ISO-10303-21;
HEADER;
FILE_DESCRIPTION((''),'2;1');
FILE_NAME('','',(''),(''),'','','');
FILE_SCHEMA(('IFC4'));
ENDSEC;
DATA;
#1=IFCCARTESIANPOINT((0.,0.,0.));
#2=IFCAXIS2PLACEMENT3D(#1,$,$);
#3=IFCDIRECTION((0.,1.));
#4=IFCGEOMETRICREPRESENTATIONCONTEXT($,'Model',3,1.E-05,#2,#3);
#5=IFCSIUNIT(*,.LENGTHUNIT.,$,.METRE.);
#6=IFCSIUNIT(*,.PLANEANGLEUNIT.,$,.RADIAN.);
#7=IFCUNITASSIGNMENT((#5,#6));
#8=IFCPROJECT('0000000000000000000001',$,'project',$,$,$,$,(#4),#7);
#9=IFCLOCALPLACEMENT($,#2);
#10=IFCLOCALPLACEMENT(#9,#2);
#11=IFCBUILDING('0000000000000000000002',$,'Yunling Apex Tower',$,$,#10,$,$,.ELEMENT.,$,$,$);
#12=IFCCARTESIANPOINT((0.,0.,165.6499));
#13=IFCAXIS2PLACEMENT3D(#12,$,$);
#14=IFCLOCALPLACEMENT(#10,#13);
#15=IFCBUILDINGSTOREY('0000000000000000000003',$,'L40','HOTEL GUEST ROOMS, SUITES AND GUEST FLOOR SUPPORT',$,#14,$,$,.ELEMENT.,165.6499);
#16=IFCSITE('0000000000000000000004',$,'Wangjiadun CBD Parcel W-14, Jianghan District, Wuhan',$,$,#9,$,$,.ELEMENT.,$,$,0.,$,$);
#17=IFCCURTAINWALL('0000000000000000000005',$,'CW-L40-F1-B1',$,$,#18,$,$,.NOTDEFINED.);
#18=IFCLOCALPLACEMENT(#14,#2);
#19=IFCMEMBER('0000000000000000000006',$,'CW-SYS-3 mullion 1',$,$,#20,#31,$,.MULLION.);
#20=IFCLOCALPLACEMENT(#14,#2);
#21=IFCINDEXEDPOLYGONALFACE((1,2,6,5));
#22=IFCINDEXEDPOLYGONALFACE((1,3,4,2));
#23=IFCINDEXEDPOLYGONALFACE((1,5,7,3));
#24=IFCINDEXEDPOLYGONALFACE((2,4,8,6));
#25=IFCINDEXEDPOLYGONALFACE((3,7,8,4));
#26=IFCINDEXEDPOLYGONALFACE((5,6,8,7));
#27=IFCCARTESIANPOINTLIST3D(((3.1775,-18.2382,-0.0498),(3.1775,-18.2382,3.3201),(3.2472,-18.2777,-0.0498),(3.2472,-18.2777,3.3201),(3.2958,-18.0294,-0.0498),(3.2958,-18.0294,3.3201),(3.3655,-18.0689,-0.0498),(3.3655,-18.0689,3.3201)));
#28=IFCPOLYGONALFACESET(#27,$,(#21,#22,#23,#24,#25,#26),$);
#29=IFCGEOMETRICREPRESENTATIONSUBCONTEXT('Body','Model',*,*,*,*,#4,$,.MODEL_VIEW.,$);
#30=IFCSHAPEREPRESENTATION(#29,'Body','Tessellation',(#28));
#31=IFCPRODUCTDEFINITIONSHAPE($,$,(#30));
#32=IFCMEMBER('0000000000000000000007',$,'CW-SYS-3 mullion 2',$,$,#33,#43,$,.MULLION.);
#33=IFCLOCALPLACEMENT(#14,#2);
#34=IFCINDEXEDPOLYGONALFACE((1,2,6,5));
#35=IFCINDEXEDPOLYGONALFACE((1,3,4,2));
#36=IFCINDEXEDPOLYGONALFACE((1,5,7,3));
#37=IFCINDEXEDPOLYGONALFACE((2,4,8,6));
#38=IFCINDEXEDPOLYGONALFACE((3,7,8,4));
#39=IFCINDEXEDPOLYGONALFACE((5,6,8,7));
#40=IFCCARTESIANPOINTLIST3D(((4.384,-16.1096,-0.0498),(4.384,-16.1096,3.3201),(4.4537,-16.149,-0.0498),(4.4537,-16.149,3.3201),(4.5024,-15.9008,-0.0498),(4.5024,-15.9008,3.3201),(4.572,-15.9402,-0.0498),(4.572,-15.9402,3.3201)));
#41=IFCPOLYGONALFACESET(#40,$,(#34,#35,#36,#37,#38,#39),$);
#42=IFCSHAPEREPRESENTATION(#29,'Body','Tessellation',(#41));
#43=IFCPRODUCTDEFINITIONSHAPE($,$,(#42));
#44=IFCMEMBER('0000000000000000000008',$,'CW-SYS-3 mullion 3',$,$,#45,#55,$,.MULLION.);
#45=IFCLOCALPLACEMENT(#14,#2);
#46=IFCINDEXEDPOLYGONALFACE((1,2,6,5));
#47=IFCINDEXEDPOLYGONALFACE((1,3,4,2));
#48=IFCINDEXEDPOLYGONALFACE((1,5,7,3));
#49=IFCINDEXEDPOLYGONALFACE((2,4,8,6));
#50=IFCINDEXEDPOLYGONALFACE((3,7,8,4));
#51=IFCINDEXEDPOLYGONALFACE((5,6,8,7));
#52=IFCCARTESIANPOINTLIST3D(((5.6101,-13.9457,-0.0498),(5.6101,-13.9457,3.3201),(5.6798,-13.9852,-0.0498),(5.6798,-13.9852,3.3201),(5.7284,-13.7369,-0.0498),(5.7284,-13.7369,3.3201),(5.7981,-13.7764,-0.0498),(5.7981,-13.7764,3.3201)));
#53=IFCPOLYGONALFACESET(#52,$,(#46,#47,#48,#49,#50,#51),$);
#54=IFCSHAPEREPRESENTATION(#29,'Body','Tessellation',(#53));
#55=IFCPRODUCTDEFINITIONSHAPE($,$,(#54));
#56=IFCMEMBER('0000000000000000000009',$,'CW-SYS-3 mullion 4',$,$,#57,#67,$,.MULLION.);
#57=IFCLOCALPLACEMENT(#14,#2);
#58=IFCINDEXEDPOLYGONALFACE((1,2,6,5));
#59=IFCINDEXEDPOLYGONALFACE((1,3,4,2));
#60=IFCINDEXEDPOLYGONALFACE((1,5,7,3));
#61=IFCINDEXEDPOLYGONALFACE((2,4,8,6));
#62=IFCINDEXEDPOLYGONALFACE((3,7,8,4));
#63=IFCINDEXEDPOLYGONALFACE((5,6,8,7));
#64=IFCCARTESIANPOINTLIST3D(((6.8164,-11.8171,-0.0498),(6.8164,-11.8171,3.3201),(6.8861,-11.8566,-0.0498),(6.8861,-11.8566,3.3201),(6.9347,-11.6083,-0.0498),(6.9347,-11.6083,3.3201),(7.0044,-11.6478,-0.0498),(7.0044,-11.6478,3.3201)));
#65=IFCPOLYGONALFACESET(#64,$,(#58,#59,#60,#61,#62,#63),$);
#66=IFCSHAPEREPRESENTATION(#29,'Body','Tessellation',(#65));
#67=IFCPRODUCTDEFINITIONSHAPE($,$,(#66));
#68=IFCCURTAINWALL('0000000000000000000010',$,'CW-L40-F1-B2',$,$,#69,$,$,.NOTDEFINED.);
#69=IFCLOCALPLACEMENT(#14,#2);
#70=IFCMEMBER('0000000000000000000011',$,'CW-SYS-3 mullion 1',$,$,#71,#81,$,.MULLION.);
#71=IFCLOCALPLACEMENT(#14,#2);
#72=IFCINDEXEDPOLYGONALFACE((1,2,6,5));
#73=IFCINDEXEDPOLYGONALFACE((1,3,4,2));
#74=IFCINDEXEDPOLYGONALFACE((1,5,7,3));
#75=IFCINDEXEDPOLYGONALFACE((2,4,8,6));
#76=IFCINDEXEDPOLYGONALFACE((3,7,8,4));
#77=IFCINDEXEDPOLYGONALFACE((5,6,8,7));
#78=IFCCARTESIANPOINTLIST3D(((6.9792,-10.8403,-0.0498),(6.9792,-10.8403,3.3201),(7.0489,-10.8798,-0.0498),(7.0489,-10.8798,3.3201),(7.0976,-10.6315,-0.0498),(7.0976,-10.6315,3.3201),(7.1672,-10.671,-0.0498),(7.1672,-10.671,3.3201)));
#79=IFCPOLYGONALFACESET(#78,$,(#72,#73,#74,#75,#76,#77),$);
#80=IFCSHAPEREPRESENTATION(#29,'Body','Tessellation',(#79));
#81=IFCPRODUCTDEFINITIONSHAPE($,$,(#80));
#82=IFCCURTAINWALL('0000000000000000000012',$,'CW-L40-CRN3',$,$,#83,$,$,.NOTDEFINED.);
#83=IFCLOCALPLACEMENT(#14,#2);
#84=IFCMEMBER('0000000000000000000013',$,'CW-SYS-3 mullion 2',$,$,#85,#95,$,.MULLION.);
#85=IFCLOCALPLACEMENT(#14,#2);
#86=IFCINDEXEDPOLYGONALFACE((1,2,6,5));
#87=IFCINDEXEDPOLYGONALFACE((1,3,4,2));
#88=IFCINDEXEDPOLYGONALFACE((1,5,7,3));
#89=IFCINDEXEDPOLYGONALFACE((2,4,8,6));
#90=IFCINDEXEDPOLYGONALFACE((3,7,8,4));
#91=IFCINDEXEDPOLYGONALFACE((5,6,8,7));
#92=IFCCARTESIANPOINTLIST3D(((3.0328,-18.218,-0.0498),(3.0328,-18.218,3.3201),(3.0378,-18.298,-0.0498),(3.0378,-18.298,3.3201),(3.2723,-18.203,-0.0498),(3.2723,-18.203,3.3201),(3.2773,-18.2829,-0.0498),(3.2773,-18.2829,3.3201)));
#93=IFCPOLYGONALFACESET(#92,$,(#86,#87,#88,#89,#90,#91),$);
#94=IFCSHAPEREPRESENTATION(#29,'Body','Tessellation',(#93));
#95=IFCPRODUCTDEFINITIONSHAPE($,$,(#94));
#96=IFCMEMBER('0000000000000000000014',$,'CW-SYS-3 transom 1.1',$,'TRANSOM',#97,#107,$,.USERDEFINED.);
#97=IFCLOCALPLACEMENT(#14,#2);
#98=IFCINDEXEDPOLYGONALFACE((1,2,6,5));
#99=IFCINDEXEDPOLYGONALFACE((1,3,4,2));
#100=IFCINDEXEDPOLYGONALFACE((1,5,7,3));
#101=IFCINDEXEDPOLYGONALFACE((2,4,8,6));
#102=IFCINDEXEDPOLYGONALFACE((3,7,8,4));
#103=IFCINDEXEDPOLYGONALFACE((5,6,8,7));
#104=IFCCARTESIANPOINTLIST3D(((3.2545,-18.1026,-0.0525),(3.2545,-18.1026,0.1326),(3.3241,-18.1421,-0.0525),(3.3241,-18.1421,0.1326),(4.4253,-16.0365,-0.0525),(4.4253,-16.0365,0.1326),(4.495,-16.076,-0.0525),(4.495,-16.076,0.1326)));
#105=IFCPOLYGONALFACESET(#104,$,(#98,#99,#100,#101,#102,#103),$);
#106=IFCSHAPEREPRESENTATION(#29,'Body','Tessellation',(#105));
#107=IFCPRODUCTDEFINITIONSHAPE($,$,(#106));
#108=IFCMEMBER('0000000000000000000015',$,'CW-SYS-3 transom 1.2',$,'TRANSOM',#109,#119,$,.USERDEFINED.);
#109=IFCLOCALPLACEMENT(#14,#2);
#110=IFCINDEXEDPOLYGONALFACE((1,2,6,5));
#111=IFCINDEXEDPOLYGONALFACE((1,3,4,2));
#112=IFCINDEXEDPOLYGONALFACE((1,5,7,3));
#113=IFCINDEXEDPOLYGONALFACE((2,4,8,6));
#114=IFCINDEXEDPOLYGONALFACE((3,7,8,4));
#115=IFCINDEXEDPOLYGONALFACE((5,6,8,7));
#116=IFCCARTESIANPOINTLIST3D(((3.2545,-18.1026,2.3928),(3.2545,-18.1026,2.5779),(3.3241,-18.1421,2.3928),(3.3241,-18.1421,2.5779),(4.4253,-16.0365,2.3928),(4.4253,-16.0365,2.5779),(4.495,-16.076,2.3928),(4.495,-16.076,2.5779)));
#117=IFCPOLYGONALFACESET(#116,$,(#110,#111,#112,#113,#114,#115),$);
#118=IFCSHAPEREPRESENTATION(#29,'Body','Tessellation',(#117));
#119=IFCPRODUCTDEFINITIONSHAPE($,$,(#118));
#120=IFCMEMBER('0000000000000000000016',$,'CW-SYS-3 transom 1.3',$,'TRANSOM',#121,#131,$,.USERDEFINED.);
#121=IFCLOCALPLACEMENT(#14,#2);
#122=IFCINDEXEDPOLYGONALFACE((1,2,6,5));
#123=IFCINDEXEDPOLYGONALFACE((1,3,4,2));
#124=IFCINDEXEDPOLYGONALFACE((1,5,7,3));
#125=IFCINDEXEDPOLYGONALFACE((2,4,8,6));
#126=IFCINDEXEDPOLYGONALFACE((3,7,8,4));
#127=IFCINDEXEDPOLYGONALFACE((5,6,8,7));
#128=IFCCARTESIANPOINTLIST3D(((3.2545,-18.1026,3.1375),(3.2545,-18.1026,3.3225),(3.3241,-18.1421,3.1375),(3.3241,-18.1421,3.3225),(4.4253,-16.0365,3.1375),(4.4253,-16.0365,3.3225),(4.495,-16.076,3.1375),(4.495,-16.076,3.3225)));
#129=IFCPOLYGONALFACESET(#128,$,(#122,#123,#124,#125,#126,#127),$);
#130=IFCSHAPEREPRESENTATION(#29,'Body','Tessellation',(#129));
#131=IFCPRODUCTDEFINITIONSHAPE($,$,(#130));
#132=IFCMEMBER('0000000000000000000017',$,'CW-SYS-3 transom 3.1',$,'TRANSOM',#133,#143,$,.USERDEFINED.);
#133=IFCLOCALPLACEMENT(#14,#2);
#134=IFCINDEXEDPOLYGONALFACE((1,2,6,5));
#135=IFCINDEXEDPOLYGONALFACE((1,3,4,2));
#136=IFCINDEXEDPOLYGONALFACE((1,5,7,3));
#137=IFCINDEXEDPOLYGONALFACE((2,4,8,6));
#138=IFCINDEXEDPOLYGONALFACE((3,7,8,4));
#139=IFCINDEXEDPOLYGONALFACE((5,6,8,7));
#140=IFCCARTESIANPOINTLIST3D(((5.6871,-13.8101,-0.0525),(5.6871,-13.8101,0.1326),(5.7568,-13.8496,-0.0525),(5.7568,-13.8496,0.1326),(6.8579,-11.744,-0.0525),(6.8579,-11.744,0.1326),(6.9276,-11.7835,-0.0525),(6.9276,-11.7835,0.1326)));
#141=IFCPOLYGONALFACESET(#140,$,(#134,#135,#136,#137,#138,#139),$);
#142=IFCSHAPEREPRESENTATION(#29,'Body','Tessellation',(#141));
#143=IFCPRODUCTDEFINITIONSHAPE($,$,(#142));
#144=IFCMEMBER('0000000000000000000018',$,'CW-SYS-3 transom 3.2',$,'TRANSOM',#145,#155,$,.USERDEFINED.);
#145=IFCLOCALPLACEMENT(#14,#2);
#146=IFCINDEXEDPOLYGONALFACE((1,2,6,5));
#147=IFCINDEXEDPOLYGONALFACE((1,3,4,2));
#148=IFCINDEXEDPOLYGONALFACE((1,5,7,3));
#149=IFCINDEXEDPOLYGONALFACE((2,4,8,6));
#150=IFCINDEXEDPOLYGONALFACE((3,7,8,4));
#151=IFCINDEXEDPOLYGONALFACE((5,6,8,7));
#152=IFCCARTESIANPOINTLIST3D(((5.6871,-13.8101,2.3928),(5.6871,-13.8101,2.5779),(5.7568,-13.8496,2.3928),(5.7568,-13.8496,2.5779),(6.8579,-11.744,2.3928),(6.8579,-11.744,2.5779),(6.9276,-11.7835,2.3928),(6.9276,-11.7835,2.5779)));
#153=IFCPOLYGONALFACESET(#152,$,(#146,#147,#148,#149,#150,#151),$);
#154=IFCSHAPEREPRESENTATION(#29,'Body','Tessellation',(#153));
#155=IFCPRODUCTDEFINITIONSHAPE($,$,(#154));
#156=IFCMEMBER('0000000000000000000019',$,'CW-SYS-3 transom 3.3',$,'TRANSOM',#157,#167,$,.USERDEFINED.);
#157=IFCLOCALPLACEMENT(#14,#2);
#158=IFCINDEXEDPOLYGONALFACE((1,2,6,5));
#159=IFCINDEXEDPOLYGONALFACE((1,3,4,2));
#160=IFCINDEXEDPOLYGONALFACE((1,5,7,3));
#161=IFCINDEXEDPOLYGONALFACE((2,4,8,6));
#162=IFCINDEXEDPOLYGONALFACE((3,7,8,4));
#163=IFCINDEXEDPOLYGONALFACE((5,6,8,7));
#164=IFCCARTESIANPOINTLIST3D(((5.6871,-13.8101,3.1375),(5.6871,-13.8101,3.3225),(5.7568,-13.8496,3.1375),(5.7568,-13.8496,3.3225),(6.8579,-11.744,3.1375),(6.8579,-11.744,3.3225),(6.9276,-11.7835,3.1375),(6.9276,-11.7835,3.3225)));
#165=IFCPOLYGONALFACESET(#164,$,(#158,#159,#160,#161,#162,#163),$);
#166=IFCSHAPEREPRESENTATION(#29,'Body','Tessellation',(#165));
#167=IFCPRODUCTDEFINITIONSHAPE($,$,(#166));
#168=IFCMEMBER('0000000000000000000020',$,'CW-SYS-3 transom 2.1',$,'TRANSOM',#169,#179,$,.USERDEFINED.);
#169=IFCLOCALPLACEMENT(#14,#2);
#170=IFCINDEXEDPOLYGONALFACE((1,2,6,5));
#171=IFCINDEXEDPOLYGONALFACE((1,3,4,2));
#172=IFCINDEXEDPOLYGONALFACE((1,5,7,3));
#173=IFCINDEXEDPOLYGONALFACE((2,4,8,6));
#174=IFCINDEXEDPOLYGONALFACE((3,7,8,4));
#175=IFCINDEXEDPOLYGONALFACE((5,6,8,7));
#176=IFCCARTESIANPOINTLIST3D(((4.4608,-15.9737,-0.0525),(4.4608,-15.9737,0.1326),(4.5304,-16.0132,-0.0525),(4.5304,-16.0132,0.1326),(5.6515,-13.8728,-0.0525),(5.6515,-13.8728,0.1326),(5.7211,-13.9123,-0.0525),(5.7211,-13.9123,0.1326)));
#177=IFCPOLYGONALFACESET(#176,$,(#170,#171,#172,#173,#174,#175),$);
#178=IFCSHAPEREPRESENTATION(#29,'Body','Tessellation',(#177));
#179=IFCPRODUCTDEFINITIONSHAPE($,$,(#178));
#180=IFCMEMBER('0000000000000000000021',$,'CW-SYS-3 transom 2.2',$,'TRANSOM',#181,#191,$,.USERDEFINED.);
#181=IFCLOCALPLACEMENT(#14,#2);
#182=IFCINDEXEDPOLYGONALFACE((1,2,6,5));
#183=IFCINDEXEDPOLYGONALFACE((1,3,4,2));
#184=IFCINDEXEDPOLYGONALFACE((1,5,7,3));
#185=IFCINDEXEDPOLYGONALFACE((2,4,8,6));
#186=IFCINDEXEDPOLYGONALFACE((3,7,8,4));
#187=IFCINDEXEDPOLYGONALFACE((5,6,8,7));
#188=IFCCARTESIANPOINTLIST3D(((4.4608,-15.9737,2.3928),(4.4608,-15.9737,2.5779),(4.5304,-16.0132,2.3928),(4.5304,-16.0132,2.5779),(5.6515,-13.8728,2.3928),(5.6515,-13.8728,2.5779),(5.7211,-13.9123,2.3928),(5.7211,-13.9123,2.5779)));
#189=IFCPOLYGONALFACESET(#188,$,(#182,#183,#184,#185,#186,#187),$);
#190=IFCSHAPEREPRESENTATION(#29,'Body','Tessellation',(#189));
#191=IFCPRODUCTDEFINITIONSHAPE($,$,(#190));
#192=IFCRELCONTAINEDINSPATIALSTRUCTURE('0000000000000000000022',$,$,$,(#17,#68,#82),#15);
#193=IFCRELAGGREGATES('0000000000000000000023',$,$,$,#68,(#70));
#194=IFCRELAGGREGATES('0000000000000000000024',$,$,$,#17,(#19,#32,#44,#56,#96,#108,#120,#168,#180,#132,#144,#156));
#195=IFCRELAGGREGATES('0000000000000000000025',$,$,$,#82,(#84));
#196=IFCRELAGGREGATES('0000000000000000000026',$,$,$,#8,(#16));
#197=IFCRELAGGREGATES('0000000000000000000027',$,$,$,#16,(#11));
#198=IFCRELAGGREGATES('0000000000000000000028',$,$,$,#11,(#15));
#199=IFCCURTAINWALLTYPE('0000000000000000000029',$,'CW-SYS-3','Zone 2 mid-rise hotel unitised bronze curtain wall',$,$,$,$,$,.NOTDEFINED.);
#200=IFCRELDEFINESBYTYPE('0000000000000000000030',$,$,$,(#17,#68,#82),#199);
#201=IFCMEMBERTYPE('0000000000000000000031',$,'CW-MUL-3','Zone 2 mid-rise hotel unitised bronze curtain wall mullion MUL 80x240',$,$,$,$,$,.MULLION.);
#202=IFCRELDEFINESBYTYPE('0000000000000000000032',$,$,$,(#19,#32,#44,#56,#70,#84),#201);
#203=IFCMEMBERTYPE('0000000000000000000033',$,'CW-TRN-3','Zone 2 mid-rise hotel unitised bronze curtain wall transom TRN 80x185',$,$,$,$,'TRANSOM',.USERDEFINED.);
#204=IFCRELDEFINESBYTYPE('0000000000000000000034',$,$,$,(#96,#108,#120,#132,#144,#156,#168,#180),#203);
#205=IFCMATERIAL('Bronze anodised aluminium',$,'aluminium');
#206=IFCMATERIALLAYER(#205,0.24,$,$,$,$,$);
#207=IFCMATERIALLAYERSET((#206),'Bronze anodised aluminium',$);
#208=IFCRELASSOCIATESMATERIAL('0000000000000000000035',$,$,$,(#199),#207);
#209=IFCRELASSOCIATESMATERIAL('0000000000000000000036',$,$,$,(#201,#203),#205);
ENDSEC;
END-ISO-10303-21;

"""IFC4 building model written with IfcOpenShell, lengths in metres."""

from ifc_helpers import new_model, si_unit, direction, frame, origin, origin_2d, place, context, subcontext, project, spatial, rectangle, extrude, source, transform, mapped, material, layer, layer_set, material_profile, profile_set, type_object, element, aggregate, save


model = new_model("IFC4")

# Units and contexts
model_context = context("Model", 3, precision=1e-05, world=origin(), true_north=direction((0.0, 1.0)))
body_context = subcontext(model_context, "Body", "Model", "MODEL_VIEW")
ifc_project = project(units=[si_unit("LENGTHUNIT", "METRE"), si_unit("PLANEANGLEUNIT", "RADIAN")], contexts=[model_context])

# Site, building, storey
site_placement = place(None, origin())
site = spatial("IfcSite", under=ifc_project, at=site_placement, Name="Wangjiadun CBD Parcel W-14, Jianghan District, Wuhan", CompositionType="ELEMENT", RefElevation=0.0)
building_placement = place(site_placement, origin())
building = spatial("IfcBuilding", under=site, at=building_placement, Name="Yunling Apex Tower", CompositionType="ELEMENT")
storey_placement = place(building_placement, frame((0.0, 0.0, 165.6499)))
storey = spatial("IfcBuildingStorey", under=building, at=storey_placement, Name="L40", Description="HOTEL GUEST ROOMS, SUITES AND GUEST FLOOR SUPPORT", CompositionType="ELEMENT", Elevation=165.6499)

# Curtain wall, members
ifc_material_1 = material(Name="Bronze anodised aluminium", Category="aluminium")
ifc_layer_1 = layer(ifc_material_1, 0.24)
ifc_layer_set_1 = layer_set([ifc_layer_1], Name="Bronze anodised aluminium")
curtain_wall_type = type_object("IfcCurtainWallType", Name="CW-SYS-3", Description="Zone 2 mid-rise hotel unitised bronze curtain wall", PredefinedType="NOTDEFINED", material=ifc_layer_set_1)
curtain_wall_1_placement = place(storey_placement, origin())
curtain_wall_1 = element("IfcCurtainWall", 1, at=curtain_wall_1_placement, inside=storey, type_object=curtain_wall_type, Name="CW-L40-F1-B1", PredefinedType="NOTDEFINED")
ifc_material_profile_1 = material_profile(ifc_material_1, rectangle(XDim=0.0801, YDim=0.24, at=origin_2d()))
ifc_profile_set_1 = profile_set([ifc_material_profile_1], Name="Bronze anodised aluminium")
member_type_1 = type_object("IfcMemberType", Name="CW-MUL-3", Description="Zone 2 mid-rise hotel unitised bronze curtain wall mullion MUL 80x240", PredefinedType="MULLION", material=ifc_profile_set_1)
shared_shape_1 = source(origin(), body_context, "Body", "SweptSolid", [
    extrude(rectangle(XDim=0.0801, YDim=0.24, at=origin_2d()), origin(), (0.0, 0.0, 1.0), 3.3699),
])
member_1_placement = place(storey_placement, frame((3.2715, -18.1536, -0.0498), z_axis=(0.0, 0.0, 1.0), x_axis=(-0.870006, 0.493041, 0.0)))
member_1 = element("IfcMember", 2, at=member_1_placement, type_object=member_type_1, Name="CW-SYS-3 mullion 1", PredefinedType="MULLION", context=body_context, shape_type="MappedRepresentation", body=[
    mapped(shared_shape_1, transform((0.0, 0.0, 0.0), scale=1.0)),
])
member_2_placement = place(storey_placement, frame((4.478, -16.0249, -0.0498), z_axis=(0.0, 0.0, 1.0), x_axis=(-0.870006, 0.493041, 0.0)))
member_2 = element("IfcMember", 3, at=member_2_placement, type_object=member_type_1, Name="CW-SYS-3 mullion 2", PredefinedType="MULLION", context=body_context, shape_type="MappedRepresentation", body=[
    mapped(shared_shape_1, transform((0.0, 0.0, 0.0), scale=1.0)),
])
member_3_placement = place(storey_placement, frame((5.7041, -13.8611, -0.0498), z_axis=(0.0, 0.0, 1.0), x_axis=(-0.870006, 0.493041, 0.0)))
member_3 = element("IfcMember", 4, at=member_3_placement, type_object=member_type_1, Name="CW-SYS-3 mullion 3", PredefinedType="MULLION", context=body_context, shape_type="MappedRepresentation", body=[
    mapped(shared_shape_1, transform((0.0, 0.0, 0.0), scale=1.0)),
])
member_4_placement = place(storey_placement, frame((6.9104, -11.7324, -0.0498), z_axis=(0.0, 0.0, 1.0), x_axis=(-0.870006, 0.493041, 0.0)))
member_4 = element("IfcMember", 5, at=member_4_placement, type_object=member_type_1, Name="CW-SYS-3 mullion 4", PredefinedType="MULLION", context=body_context, shape_type="MappedRepresentation", body=[
    mapped(shared_shape_1, transform((0.0, 0.0, 0.0), scale=1.0)),
])

# Curtain walls, members
curtain_wall_2_placement = place(storey_placement, origin())
curtain_wall_2 = element("IfcCurtainWall", 6, at=curtain_wall_2_placement, inside=storey, type_object=curtain_wall_type, Name="CW-L40-F1-B2", PredefinedType="NOTDEFINED")
member_5_placement = place(storey_placement, frame((7.0732, -10.7556, -0.0498), z_axis=(0.0, 0.0, 1.0), x_axis=(-0.870003, 0.493047, 0.0)))
member_5 = element("IfcMember", 7, at=member_5_placement, type_object=member_type_1, Name="CW-SYS-3 mullion 1", PredefinedType="MULLION", context=body_context, shape_type="MappedRepresentation", body=[
    mapped(shared_shape_1, transform((0.0, 0.0, 0.0), scale=1.0)),
])
curtain_wall_3_placement = place(storey_placement, origin())
curtain_wall_3 = element("IfcCurtainWall", 8, at=curtain_wall_3_placement, inside=storey, type_object=curtain_wall_type, Name="CW-L40-CRN3", PredefinedType="NOTDEFINED")
member_6_placement = place(storey_placement, frame((3.155, -18.2505, -0.0498), z_axis=(0.0, 0.0, 1.0), x_axis=(-0.062672, 0.998034, 0.0)))
member_6 = element("IfcMember", 9, at=member_6_placement, type_object=member_type_1, Name="CW-SYS-3 mullion 2", PredefinedType="MULLION", context=body_context, shape_type="MappedRepresentation", body=[
    mapped(shared_shape_1, transform((0.0, 0.0, 0.0), scale=1.0)),
])

# Members
ifc_material_profile_2 = material_profile(ifc_material_1, rectangle(XDim=0.0801, YDim=0.1851, at=origin_2d()))
ifc_profile_set_2 = profile_set([ifc_material_profile_2], Name="Bronze anodised aluminium")
member_type_2 = type_object("IfcMemberType", Name="CW-TRN-3", Description="Zone 2 mid-rise hotel unitised bronze curtain wall transom TRN 80x185", ElementType="TRANSOM", PredefinedType="USERDEFINED", material=ifc_profile_set_2)
shared_shape_2 = source(origin(), body_context, "Body", "SweptSolid", [
    extrude(rectangle(XDim=0.0801, YDim=0.1851, at=origin_2d()), origin(), (0.0, 0.0, 1.0), 2.3748),
])
member_7_placement = place(storey_placement, frame((3.2893, -18.1223, 0.04), z_axis=(0.493036, 0.870009, 0.0), x_axis=(-0.870009, 0.493036, 0.0)))
member_7 = element("IfcMember", 10, at=member_7_placement, type_object=member_type_2, Name="CW-SYS-3 transom 1.1", ObjectType="TRANSOM", PredefinedType="USERDEFINED", context=body_context, shape_type="MappedRepresentation", body=[
    mapped(shared_shape_2, transform((0.0, 0.0, 0.0), scale=1.0)),
])
member_8_placement = place(storey_placement, frame((3.2893, -18.1223, 2.4854), z_axis=(0.493036, 0.870009, 0.0), x_axis=(-0.870009, 0.493036, 0.0)))
member_8 = element("IfcMember", 11, at=member_8_placement, type_object=member_type_2, Name="CW-SYS-3 transom 1.2", ObjectType="TRANSOM", PredefinedType="USERDEFINED", context=body_context, shape_type="MappedRepresentation", body=[
    mapped(shared_shape_2, transform((0.0, 0.0, 0.0), scale=1.0)),
])
member_9_placement = place(storey_placement, frame((3.2893, -18.1223, 3.23), z_axis=(0.493036, 0.870009, 0.0), x_axis=(-0.870009, 0.493036, 0.0)))
member_9 = element("IfcMember", 12, at=member_9_placement, type_object=member_type_2, Name="CW-SYS-3 transom 1.3", ObjectType="TRANSOM", PredefinedType="USERDEFINED", context=body_context, shape_type="MappedRepresentation", body=[
    mapped(shared_shape_2, transform((0.0, 0.0, 0.0), scale=1.0)),
])
member_10_placement = place(storey_placement, frame((5.7219, -13.8298, 0.04), z_axis=(0.493036, 0.870009, 0.0), x_axis=(-0.870009, 0.493036, 0.0)))
member_10 = element("IfcMember", 13, at=member_10_placement, type_object=member_type_2, Name="CW-SYS-3 transom 3.1", ObjectType="TRANSOM", PredefinedType="USERDEFINED", context=body_context, shape_type="MappedRepresentation", body=[
    mapped(shared_shape_2, transform((0.0, 0.0, 0.0), scale=1.0)),
])
member_11_placement = place(storey_placement, frame((5.7219, -13.8298, 2.4854), z_axis=(0.493036, 0.870009, 0.0), x_axis=(-0.870009, 0.493036, 0.0)))
member_11 = element("IfcMember", 14, at=member_11_placement, type_object=member_type_2, Name="CW-SYS-3 transom 3.2", ObjectType="TRANSOM", PredefinedType="USERDEFINED", context=body_context, shape_type="MappedRepresentation", body=[
    mapped(shared_shape_2, transform((0.0, 0.0, 0.0), scale=1.0)),
])
member_12_placement = place(storey_placement, frame((5.7219, -13.8298, 3.23), z_axis=(0.493036, 0.870009, 0.0), x_axis=(-0.870009, 0.493036, 0.0)))
member_12 = element("IfcMember", 15, at=member_12_placement, type_object=member_type_2, Name="CW-SYS-3 transom 3.3", ObjectType="TRANSOM", PredefinedType="USERDEFINED", context=body_context, shape_type="MappedRepresentation", body=[
    mapped(shared_shape_2, transform((0.0, 0.0, 0.0), scale=1.0)),
])
shared_shape_3 = source(origin(), body_context, "Body", "SweptSolid", [
    extrude(rectangle(XDim=0.0801, YDim=0.1851, at=origin_2d()), origin(), (0.0, 0.0, 1.0), 2.4148),
])
member_13_placement = place(storey_placement, frame((4.4956, -15.9934, 0.04), z_axis=(0.493076, 0.869986, 0.0), x_axis=(-0.869986, 0.493076, 0.0)))
member_13 = element("IfcMember", 16, at=member_13_placement, type_object=member_type_2, Name="CW-SYS-3 transom 2.1", ObjectType="TRANSOM", PredefinedType="USERDEFINED", context=body_context, shape_type="MappedRepresentation", body=[
    mapped(shared_shape_3, transform((0.0, 0.0, 0.0), scale=1.0)),
])
member_14_placement = place(storey_placement, frame((4.4956, -15.9934, 2.4854), z_axis=(0.493076, 0.869986, 0.0), x_axis=(-0.869986, 0.493076, 0.0)))
member_14 = element("IfcMember", 17, at=member_14_placement, type_object=member_type_2, Name="CW-SYS-3 transom 2.2", ObjectType="TRANSOM", PredefinedType="USERDEFINED", context=body_context, shape_type="MappedRepresentation", body=[
    mapped(shared_shape_3, transform((0.0, 0.0, 0.0), scale=1.0)),
])
aggregate(curtain_wall_2, [member_5])

aggregate(curtain_wall_1, [member_1, member_2, member_3, member_4, member_7, member_8, member_9, member_13, member_14, member_10, member_11, member_12])
aggregate(curtain_wall_3, [member_6])

save(model, "model.ifc")
